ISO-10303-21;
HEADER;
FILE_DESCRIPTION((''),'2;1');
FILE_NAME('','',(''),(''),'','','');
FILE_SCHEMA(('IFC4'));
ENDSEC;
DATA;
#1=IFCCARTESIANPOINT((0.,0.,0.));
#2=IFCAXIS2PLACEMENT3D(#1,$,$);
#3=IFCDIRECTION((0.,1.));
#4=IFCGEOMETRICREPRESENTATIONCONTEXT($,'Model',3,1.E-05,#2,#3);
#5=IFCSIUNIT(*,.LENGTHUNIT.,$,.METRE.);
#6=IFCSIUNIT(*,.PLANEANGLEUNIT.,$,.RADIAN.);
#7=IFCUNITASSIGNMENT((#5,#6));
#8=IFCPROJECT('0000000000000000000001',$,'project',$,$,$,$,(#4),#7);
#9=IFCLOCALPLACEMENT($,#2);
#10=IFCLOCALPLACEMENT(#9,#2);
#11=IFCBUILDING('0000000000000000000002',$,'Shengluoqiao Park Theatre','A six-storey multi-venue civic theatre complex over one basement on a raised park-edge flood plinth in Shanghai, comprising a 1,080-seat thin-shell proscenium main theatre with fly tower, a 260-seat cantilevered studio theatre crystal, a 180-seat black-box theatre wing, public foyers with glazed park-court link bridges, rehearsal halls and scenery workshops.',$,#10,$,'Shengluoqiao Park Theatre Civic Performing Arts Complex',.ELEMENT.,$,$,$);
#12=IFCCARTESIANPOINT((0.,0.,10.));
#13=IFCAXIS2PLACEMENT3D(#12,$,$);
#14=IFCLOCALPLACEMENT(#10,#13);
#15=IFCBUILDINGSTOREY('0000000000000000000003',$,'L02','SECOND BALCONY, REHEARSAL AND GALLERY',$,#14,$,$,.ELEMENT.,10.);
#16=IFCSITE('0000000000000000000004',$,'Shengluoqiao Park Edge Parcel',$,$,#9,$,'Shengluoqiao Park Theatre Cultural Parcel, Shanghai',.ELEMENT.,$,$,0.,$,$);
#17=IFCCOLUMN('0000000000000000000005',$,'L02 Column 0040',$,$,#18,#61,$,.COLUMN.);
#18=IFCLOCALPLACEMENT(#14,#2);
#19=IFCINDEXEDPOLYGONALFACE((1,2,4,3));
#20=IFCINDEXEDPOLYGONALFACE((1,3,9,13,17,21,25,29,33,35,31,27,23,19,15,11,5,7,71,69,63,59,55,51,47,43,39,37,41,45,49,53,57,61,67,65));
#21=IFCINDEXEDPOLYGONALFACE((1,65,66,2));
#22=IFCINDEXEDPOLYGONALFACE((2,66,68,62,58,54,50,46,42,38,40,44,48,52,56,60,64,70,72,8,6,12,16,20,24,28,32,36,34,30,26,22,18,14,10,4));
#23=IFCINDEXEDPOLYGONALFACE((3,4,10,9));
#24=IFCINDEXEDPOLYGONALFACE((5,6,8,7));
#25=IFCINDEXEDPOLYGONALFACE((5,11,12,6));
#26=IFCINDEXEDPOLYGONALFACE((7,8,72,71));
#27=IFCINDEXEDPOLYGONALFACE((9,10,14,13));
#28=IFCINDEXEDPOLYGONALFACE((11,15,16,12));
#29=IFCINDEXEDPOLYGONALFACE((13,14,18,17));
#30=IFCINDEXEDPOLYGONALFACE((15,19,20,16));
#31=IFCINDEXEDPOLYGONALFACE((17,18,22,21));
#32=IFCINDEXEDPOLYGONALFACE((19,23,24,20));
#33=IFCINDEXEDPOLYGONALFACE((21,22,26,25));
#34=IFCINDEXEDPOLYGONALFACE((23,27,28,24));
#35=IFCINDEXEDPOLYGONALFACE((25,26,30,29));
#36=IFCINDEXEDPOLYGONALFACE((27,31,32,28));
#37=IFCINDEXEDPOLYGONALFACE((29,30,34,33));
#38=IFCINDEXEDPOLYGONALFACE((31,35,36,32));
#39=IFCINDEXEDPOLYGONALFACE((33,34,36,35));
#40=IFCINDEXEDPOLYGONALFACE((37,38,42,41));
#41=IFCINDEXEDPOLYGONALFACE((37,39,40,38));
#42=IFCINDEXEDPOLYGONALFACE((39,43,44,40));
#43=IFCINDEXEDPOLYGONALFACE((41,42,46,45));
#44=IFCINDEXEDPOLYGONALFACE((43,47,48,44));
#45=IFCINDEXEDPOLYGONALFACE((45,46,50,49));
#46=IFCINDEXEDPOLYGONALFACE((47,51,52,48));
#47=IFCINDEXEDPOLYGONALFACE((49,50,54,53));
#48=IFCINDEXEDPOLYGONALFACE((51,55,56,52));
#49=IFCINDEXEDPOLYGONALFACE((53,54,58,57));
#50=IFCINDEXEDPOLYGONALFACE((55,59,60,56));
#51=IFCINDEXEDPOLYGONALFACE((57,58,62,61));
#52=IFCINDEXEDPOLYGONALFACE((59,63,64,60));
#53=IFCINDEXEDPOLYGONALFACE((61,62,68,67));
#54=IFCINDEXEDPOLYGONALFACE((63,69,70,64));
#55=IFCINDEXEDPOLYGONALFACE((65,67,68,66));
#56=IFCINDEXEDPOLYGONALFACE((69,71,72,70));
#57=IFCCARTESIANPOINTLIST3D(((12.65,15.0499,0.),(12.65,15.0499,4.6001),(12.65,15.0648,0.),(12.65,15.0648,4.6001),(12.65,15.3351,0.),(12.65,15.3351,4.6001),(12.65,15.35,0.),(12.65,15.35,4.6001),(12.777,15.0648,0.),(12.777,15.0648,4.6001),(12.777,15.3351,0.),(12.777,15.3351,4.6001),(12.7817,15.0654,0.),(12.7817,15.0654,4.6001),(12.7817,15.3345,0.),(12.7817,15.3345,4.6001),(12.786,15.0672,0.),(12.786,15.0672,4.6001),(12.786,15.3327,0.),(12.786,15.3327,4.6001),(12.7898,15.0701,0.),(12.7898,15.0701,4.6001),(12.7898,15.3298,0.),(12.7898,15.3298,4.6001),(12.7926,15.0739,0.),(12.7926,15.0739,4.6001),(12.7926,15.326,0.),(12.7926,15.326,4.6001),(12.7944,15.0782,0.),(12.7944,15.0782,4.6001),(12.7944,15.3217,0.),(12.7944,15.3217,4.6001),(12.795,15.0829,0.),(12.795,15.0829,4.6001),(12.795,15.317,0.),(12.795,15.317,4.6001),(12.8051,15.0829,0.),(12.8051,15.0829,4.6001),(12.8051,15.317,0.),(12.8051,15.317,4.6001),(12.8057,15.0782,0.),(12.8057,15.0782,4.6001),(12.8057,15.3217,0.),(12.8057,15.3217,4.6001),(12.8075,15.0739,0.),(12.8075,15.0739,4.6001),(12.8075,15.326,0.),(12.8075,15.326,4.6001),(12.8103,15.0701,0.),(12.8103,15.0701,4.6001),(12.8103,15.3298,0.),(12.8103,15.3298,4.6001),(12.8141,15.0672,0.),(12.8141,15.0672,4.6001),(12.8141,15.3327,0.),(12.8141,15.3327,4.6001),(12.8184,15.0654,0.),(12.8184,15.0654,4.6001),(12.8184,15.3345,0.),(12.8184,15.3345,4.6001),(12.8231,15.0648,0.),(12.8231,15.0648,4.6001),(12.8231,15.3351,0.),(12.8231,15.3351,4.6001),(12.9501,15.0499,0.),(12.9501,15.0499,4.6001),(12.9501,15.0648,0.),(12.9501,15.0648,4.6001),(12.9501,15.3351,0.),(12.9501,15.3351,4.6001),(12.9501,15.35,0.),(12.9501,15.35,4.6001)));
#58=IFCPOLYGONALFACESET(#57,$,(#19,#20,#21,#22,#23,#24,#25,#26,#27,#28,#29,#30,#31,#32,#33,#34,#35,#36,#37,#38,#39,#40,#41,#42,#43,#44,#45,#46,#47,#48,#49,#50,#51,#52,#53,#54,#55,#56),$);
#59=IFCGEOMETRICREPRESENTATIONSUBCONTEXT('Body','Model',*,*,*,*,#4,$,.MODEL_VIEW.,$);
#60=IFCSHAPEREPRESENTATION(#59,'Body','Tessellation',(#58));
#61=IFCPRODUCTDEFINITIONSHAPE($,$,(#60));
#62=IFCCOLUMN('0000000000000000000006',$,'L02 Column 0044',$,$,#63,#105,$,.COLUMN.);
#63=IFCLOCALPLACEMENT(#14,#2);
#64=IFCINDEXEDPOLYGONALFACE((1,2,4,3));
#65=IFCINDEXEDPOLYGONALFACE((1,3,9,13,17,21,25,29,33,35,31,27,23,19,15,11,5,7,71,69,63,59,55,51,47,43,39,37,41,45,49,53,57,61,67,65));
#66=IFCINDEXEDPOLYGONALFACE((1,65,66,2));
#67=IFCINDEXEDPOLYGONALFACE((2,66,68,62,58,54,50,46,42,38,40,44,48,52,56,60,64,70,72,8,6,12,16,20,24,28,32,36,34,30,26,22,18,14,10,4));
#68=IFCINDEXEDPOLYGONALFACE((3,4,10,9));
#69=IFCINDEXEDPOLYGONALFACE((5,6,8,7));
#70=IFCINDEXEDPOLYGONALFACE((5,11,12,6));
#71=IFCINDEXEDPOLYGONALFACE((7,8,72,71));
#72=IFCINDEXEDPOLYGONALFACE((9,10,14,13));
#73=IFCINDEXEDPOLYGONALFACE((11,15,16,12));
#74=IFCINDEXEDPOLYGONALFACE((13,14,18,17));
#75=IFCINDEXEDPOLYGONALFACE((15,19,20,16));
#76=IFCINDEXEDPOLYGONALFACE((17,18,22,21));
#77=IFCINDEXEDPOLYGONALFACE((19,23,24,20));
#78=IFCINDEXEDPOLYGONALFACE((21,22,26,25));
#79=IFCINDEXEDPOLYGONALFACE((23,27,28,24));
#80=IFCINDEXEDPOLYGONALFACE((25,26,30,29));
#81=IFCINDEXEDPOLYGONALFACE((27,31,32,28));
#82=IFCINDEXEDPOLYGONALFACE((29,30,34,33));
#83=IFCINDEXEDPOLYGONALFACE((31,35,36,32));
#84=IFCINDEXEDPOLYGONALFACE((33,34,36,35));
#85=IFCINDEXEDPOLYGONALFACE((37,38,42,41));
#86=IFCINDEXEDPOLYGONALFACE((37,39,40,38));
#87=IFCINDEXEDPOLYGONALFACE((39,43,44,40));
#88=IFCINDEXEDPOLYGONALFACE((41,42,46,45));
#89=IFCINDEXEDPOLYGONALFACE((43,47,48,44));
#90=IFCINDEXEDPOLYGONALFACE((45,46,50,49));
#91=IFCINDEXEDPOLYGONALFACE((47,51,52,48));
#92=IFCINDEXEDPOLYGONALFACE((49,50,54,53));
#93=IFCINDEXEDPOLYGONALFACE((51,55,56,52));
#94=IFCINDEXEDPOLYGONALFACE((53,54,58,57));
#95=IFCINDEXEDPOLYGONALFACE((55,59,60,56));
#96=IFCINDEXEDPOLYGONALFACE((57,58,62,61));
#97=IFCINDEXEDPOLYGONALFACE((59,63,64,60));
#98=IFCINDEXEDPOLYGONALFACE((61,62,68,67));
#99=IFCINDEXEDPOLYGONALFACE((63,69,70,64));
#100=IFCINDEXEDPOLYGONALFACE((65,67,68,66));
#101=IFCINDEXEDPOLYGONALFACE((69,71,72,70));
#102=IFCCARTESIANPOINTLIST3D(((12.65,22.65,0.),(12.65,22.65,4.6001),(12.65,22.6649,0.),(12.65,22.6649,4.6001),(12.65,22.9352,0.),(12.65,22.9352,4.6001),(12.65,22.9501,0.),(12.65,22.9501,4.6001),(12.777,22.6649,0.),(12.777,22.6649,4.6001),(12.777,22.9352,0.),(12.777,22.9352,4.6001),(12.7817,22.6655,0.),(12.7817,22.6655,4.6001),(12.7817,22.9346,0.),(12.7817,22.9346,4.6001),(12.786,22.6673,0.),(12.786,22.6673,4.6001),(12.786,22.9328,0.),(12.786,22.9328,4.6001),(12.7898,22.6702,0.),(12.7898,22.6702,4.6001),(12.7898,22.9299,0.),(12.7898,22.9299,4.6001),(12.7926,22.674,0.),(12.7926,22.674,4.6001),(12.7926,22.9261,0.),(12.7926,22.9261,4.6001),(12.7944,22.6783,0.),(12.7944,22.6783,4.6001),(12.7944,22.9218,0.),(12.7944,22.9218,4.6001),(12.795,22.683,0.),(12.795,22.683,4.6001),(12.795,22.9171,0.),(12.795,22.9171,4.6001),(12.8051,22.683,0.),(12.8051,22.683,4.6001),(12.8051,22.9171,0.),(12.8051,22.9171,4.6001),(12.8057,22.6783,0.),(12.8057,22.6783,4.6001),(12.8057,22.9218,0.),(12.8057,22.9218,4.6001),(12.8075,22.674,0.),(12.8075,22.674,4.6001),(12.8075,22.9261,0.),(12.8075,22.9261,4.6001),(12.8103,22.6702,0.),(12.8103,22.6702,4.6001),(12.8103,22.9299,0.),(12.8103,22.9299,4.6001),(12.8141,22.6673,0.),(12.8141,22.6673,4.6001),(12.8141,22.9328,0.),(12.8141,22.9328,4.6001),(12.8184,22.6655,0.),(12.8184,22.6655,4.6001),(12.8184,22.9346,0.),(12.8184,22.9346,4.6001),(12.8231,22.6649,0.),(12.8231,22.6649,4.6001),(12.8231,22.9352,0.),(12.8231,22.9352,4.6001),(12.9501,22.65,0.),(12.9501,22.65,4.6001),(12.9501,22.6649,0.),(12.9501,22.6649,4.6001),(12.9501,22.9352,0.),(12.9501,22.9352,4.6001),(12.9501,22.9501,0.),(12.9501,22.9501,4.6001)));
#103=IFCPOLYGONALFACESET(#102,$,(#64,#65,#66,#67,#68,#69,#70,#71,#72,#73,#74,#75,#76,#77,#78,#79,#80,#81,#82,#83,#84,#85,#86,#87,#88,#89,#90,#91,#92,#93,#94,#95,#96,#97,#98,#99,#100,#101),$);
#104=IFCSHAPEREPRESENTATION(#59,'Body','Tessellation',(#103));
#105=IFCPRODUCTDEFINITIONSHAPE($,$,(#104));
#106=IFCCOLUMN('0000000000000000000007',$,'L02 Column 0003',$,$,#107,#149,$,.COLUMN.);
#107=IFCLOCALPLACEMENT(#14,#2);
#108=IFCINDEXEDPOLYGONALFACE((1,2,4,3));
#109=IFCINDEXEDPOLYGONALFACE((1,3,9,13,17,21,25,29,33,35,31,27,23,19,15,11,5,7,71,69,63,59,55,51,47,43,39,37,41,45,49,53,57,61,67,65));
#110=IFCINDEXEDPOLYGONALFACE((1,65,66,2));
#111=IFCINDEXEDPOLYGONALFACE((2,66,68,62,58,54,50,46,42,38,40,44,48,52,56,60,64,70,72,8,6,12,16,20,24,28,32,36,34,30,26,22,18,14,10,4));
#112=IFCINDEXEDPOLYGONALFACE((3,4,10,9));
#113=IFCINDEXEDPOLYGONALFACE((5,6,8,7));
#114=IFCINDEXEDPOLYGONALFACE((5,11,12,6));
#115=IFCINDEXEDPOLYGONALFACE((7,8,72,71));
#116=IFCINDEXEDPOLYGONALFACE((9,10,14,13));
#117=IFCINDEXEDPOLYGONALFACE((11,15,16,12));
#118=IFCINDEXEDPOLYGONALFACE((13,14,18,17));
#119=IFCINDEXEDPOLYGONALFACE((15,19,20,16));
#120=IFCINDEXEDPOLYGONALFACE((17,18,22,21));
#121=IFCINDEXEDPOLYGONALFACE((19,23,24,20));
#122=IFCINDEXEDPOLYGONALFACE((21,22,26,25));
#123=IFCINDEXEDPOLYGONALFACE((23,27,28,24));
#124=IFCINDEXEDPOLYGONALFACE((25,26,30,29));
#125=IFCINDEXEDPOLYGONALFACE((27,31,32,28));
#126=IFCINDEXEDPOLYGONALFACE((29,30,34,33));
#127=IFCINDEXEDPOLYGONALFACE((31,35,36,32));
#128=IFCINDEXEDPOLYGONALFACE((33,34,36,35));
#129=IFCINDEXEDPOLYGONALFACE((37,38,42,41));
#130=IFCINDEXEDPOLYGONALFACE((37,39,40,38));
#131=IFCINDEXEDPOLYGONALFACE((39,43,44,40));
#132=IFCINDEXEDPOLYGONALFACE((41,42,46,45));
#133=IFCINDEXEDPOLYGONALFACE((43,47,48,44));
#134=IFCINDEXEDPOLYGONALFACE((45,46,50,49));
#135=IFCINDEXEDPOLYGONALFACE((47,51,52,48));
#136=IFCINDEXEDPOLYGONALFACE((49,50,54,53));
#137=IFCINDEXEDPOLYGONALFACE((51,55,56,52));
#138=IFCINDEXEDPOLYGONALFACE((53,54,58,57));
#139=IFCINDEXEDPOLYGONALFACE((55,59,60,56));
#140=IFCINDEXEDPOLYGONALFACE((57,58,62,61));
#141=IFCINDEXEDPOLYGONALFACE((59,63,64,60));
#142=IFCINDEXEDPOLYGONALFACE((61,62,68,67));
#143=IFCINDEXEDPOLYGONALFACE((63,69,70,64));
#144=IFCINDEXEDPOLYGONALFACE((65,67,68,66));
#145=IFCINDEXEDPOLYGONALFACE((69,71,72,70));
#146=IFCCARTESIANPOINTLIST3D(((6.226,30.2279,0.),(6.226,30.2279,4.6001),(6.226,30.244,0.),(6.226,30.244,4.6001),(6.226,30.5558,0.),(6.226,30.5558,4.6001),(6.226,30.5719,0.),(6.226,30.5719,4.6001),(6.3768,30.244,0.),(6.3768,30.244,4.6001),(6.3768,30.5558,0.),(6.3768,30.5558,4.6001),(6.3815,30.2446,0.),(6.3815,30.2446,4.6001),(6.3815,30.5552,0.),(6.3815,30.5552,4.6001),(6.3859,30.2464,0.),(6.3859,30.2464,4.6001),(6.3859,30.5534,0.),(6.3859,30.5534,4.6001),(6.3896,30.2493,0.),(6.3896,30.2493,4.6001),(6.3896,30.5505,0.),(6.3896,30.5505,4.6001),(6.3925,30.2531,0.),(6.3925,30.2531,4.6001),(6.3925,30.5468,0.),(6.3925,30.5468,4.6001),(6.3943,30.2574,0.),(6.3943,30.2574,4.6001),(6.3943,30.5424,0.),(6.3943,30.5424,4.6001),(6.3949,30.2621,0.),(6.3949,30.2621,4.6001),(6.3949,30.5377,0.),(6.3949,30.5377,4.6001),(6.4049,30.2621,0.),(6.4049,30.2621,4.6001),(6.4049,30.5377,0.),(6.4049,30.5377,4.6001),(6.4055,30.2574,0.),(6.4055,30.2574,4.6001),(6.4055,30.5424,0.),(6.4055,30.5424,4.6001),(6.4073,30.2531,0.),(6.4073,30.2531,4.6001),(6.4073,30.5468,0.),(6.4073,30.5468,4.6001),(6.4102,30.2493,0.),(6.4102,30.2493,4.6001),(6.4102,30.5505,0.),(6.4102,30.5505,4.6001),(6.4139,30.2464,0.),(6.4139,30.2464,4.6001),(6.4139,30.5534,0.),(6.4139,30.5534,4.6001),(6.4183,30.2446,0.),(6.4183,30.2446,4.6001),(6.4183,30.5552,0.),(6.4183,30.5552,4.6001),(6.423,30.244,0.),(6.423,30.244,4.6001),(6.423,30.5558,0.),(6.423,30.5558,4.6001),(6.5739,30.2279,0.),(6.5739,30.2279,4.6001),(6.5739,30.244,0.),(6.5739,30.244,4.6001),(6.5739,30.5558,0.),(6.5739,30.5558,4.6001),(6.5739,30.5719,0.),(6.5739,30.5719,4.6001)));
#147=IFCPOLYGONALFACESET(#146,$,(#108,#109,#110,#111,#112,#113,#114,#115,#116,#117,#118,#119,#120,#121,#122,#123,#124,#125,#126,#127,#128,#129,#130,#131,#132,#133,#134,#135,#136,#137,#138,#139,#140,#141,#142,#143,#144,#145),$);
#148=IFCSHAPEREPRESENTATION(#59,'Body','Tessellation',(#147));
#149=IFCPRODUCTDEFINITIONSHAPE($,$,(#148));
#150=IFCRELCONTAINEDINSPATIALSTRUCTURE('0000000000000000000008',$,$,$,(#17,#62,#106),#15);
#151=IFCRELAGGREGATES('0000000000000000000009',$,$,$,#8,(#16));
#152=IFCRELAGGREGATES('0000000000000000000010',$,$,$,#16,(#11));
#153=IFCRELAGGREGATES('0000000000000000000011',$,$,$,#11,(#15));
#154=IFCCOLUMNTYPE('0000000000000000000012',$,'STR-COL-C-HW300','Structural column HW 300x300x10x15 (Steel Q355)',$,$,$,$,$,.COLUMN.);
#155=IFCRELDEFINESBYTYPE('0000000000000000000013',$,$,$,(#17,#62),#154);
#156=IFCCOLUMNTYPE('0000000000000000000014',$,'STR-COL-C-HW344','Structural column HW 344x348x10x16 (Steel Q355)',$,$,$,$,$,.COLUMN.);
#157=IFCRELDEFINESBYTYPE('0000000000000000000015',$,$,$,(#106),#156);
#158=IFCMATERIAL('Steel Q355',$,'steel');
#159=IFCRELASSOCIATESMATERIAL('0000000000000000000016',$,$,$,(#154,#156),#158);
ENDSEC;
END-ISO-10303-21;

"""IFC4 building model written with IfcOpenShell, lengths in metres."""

from ifc_helpers import new_model, si_unit, direction, frame, origin, origin_2d, place, context, subcontext, project, spatial, i_section, extrude, material, material_profile, profile_set, type_object, element, save


model = new_model("IFC4")

# Units and contexts
model_context = context("Model", 3, precision=1e-05, world=origin(), true_north=direction((0.0, 1.0)))
body_context = subcontext(model_context, "Body", "Model", "MODEL_VIEW")
ifc_project = project(units=[si_unit("LENGTHUNIT", "METRE"), si_unit("PLANEANGLEUNIT", "RADIAN")], contexts=[model_context])

# Site, building, storey
site_placement = place(None, origin())
site = spatial("IfcSite", under=ifc_project, at=site_placement, Name="Shengluoqiao Park Edge Parcel", LongName="Shengluoqiao Park Theatre Cultural Parcel, Shanghai", CompositionType="ELEMENT", RefElevation=0.0)
building_placement = place(site_placement, origin())
building = spatial("IfcBuilding", under=site, at=building_placement, Name="Shengluoqiao Park Theatre", Description="A six-storey multi-venue civic theatre complex over one basement on a raised park-edge flood plinth in Shanghai, comprising a 1,080-seat thin-shell proscenium main theatre with fly tower, a 260-seat cantilevered studio theatre crystal, a 180-seat black-box theatre wing, public foyers with glazed park-court link bridges, rehearsal halls and scenery workshops.", LongName="Shengluoqiao Park Theatre Civic Performing Arts Complex", CompositionType="ELEMENT")
storey_placement = place(building_placement, frame((0.0, 0.0, 10.0)))
storey = spatial("IfcBuildingStorey", under=building, at=storey_placement, Name="L02", Description="SECOND BALCONY, REHEARSAL AND GALLERY", CompositionType="ELEMENT", Elevation=10.0)

# Columns
ifc_material_1 = material(Name="Steel Q355", Category="steel")
ifc_material_profile_1 = material_profile(ifc_material_1, i_section(OverallWidth=0.3, OverallDepth=0.3, WebThickness=0.01, FlangeThickness=0.0149, FilletRadius=0.0181, at=origin_2d()), Name="HW 300x300x10x15")
ifc_profile_set_1 = profile_set([ifc_material_profile_1], Name="Steel Q355")
column_type_1 = type_object("IfcColumnType", Name="STR-COL-C-HW300", Description="Structural column HW 300x300x10x15 (Steel Q355)", PredefinedType="COLUMN", material=ifc_profile_set_1)
for number, where, z_axis, x_axis, name in (
    (1, (12.8, 15.2, 0.0), (0.0, 0.0, 1.0), (1.0, 0.0, 0.0), "L02 Column 0040"),
    (2, (12.8, 22.8, 0.0), (0.0, 0.0, 1.0), (1.0, 0.0, 0.0), "L02 Column 0044"),
):
    element("IfcColumn", number, at=place(storey_placement, frame(where, z_axis=z_axis, x_axis=x_axis)), inside=storey, type_object=column_type_1, Name=name, PredefinedType="COLUMN", context=body_context, shape_type="SweptSolid", body=[
        extrude(i_section(OverallWidth=0.3, OverallDepth=0.3, WebThickness=0.01, FlangeThickness=0.0149, FilletRadius=0.0181, at=origin_2d()), origin(), (0.0, 0.0, 1.0), 4.6001),
    ])
ifc_material_profile_2 = material_profile(ifc_material_1, i_section(OverallWidth=0.3479, OverallDepth=0.344, WebThickness=0.01, FlangeThickness=0.0161, FilletRadius=0.0181, at=origin_2d()), Name="HW 344x348x10x16")
ifc_profile_set_2 = profile_set([ifc_material_profile_2], Name="Steel Q355")
column_type_2 = type_object("IfcColumnType", Name="STR-COL-C-HW344", Description="Structural column HW 344x348x10x16 (Steel Q355)", PredefinedType="COLUMN", material=ifc_profile_set_2)
column_placement = place(storey_placement, frame((6.3999, 30.3999, 0.0), z_axis=(0.0, 0.0, 1.0), x_axis=(1.0, 0.0, 0.0)))
element("IfcColumn", 3, at=column_placement, inside=storey, type_object=column_type_2, Name="L02 Column 0003", PredefinedType="COLUMN", context=body_context, shape_type="SweptSolid", body=[
    extrude(i_section(OverallWidth=0.3479, OverallDepth=0.344, WebThickness=0.01, FlangeThickness=0.0161, FilletRadius=0.0181, at=origin_2d()), origin(), (0.0, 0.0, 1.0), 4.6001),
])

save(model, "model.ifc")
